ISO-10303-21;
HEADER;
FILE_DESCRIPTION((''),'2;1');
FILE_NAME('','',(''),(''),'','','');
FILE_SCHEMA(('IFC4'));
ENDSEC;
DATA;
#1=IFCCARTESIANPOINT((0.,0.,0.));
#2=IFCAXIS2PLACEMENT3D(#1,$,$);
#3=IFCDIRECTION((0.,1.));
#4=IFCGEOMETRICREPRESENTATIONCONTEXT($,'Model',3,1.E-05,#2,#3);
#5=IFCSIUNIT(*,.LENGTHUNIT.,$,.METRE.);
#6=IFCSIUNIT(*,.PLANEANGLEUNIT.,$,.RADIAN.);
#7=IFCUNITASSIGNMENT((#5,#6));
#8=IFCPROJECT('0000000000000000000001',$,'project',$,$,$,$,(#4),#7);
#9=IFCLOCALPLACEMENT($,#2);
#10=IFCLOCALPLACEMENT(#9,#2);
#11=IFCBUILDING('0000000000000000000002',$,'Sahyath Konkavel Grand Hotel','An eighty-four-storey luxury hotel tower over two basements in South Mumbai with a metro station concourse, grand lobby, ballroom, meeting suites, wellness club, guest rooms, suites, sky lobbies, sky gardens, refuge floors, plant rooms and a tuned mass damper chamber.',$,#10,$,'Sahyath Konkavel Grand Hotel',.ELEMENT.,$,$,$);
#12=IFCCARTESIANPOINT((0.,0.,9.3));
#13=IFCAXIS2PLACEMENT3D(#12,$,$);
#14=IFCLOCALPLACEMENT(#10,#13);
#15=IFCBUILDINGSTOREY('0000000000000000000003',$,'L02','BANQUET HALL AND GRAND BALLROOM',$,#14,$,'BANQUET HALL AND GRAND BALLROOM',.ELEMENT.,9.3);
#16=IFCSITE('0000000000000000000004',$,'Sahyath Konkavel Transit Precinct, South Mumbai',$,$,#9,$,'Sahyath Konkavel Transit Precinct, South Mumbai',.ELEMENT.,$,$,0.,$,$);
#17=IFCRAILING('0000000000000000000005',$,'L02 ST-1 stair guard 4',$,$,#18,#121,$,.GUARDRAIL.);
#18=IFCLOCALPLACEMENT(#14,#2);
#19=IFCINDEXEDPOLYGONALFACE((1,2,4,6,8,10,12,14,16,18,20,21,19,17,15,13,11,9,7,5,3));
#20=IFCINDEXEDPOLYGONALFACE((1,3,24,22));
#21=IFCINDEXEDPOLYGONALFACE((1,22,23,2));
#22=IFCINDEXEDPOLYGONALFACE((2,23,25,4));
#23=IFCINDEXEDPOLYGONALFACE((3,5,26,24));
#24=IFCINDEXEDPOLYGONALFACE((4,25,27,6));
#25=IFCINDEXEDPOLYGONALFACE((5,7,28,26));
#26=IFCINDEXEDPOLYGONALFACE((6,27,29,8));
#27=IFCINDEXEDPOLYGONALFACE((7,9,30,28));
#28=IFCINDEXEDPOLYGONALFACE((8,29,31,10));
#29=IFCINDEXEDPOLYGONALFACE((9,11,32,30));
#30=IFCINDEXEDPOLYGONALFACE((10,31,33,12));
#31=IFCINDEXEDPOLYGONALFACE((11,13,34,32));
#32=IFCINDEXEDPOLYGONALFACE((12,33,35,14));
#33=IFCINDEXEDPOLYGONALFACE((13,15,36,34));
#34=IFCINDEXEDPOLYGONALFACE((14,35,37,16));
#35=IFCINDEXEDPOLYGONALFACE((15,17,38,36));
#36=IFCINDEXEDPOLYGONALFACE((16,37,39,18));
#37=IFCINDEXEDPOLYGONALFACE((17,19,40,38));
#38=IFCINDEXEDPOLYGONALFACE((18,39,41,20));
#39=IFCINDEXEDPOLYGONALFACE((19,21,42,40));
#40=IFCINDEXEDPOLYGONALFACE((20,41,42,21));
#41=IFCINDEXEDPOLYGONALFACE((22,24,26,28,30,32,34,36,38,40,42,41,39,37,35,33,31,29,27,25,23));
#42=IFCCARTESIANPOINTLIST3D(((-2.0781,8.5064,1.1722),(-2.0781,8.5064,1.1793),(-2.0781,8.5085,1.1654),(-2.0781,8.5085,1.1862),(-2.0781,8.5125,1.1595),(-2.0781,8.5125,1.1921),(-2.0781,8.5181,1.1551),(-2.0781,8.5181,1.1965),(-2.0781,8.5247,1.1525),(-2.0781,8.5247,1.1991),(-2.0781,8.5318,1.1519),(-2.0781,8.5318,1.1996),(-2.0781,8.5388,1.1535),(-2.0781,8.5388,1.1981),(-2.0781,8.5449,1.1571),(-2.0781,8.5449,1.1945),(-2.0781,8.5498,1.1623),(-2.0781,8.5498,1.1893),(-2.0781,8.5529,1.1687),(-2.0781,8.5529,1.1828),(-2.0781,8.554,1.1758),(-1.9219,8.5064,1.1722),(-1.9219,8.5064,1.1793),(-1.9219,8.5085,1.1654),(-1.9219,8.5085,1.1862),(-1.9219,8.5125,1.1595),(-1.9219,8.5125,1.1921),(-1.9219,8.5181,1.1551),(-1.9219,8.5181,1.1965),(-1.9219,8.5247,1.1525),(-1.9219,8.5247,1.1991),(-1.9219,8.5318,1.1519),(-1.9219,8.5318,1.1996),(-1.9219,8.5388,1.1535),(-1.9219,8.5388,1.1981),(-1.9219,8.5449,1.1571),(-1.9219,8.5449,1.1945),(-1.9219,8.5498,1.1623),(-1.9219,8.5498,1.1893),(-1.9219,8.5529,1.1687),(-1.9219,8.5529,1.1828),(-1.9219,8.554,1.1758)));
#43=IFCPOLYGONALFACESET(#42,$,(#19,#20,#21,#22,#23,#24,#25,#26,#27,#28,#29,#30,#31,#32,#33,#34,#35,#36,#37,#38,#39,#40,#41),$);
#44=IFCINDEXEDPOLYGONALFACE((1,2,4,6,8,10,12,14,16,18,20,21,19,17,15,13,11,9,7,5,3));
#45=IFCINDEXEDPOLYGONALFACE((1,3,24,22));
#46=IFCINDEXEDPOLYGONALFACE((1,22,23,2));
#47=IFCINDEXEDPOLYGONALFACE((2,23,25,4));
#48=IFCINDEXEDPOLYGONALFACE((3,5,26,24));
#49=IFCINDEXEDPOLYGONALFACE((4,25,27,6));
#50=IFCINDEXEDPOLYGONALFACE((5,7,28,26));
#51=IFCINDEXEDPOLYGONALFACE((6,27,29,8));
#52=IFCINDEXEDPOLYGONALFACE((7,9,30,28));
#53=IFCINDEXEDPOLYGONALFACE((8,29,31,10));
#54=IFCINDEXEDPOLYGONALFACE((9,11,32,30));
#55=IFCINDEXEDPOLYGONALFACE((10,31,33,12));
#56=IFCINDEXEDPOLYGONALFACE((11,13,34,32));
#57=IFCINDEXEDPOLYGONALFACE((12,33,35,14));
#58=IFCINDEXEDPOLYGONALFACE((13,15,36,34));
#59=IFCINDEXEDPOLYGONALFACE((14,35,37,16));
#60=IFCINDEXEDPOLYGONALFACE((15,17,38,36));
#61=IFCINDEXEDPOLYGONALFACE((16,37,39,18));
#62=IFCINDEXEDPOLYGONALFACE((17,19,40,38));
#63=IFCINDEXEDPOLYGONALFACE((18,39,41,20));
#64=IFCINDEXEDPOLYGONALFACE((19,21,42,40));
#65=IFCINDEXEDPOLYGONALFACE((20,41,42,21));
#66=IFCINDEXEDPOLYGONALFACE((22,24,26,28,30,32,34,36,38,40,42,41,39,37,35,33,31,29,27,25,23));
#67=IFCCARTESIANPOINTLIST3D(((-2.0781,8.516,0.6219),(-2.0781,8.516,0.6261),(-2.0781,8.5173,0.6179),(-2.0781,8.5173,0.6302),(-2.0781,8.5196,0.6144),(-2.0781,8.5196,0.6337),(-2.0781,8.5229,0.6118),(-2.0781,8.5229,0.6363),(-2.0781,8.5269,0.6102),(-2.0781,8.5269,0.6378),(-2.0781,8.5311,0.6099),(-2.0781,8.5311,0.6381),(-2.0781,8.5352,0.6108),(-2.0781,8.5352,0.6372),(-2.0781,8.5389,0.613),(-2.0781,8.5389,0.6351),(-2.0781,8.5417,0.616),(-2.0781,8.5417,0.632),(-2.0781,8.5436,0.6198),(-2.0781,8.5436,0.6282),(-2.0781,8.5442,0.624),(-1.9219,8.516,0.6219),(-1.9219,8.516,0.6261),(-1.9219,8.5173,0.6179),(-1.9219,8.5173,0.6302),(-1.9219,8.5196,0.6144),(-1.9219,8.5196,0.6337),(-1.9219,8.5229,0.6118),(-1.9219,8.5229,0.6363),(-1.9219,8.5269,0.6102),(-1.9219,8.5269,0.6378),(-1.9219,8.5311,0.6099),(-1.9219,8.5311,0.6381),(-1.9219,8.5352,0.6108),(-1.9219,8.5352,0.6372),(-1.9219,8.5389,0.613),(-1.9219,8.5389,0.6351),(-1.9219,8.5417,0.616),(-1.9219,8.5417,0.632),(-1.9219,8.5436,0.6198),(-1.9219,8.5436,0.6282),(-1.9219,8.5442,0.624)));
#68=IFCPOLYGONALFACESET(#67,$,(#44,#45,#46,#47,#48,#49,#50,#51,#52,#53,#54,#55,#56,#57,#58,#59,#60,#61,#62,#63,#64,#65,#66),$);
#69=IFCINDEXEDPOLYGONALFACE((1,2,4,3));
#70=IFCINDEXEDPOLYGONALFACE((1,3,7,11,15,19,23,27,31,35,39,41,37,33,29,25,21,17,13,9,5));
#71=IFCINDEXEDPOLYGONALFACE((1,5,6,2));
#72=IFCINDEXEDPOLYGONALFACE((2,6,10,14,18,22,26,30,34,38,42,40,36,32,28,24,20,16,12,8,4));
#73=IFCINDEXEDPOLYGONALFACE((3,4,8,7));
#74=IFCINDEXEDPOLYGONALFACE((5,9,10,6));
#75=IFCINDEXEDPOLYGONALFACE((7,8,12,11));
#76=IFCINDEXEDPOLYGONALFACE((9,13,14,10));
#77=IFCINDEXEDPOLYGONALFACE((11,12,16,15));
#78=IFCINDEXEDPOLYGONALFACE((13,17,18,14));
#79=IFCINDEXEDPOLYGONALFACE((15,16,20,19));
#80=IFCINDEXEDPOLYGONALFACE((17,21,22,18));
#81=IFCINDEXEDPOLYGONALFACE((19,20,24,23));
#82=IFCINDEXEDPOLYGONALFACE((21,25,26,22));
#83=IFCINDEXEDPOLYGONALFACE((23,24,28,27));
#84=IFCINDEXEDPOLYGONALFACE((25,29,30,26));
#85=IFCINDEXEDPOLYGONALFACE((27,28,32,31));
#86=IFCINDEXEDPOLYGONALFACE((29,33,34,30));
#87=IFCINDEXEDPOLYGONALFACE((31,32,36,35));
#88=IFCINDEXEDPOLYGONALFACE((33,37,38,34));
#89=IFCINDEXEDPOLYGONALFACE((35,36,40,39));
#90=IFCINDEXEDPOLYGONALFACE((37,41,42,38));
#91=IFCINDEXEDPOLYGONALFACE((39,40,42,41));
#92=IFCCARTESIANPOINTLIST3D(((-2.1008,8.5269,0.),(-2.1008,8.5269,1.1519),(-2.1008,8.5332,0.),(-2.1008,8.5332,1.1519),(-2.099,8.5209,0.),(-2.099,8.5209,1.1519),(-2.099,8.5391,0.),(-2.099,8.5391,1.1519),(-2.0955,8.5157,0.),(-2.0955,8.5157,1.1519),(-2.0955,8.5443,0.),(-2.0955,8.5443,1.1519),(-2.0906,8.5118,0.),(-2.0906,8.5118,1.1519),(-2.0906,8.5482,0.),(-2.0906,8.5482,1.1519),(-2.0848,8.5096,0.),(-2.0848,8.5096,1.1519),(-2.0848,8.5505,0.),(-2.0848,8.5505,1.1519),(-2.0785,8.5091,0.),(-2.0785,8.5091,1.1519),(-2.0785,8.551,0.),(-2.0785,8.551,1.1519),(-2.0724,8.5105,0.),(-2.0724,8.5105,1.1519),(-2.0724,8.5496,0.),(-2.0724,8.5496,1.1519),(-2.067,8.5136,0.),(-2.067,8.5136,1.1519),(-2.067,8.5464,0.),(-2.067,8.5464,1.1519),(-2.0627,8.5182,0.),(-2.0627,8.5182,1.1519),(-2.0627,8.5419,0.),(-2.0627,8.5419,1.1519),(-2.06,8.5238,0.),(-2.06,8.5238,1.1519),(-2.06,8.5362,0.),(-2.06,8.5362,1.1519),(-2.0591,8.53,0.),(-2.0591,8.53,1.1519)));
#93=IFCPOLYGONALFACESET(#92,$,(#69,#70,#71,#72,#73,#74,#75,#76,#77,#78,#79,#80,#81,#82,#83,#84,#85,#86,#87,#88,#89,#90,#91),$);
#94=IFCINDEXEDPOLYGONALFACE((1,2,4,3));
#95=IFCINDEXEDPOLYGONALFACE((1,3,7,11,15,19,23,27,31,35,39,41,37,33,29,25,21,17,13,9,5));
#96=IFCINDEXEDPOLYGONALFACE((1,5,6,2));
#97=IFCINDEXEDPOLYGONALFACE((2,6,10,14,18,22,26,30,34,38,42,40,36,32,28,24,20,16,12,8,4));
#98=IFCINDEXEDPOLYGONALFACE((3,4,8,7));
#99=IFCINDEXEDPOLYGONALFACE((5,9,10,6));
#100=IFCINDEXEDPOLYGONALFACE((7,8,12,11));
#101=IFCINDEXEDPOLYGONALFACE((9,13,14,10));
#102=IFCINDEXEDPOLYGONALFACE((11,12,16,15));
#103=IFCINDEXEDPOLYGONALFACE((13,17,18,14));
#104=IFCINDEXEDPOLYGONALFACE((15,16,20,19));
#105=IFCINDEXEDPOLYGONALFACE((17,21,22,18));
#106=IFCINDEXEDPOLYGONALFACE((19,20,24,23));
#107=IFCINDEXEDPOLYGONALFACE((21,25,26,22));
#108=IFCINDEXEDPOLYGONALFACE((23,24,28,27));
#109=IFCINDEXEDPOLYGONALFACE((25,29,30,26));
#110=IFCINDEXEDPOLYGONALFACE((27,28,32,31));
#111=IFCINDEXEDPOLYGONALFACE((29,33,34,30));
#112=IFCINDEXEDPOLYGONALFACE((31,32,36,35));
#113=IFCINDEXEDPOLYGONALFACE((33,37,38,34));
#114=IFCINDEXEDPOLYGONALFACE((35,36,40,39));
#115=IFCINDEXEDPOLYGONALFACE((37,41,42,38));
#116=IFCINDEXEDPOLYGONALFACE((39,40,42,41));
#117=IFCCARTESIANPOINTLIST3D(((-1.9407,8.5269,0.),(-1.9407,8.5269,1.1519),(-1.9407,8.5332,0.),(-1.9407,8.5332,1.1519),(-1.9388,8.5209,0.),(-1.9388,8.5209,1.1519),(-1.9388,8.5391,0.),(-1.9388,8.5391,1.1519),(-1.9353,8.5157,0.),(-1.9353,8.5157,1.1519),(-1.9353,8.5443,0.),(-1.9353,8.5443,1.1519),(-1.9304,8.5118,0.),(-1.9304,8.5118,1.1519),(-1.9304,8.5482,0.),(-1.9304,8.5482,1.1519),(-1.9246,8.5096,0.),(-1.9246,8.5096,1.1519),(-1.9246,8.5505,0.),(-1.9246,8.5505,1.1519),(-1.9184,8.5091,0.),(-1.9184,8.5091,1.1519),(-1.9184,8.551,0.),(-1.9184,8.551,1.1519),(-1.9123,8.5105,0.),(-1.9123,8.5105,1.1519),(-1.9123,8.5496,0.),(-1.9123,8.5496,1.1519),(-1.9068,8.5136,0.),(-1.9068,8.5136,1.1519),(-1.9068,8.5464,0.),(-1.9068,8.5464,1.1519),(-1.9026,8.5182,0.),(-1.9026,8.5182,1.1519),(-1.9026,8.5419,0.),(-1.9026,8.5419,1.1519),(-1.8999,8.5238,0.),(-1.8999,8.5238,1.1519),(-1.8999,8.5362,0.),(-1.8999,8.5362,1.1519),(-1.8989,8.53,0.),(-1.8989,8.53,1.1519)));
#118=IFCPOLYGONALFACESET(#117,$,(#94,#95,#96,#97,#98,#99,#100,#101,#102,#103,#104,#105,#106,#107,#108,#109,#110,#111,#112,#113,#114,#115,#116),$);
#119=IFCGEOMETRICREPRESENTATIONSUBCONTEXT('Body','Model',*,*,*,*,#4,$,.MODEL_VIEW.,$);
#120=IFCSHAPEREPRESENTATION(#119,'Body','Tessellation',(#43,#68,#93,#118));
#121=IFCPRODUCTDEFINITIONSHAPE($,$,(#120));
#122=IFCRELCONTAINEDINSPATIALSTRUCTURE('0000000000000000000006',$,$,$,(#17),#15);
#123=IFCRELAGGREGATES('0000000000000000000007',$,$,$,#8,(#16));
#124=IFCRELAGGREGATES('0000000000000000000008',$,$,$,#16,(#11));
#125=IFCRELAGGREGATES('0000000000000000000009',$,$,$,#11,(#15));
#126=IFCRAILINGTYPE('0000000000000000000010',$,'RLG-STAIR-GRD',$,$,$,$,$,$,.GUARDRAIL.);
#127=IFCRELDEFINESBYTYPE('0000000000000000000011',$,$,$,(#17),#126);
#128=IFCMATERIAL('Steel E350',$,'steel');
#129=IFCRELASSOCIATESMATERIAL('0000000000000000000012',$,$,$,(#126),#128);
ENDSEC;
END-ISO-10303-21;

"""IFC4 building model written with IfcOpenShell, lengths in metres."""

from ifc_helpers import new_model, si_unit, direction, frame, origin, origin_2d, place, context, subcontext, project, spatial, circle, extrude, material, type_object, element, save


model = new_model("IFC4")

# Units and contexts
model_context = context("Model", 3, precision=1e-05, world=origin(), true_north=direction((0.0, 1.0)))
body_context = subcontext(model_context, "Body", "Model", "MODEL_VIEW")
ifc_project = project(units=[si_unit("LENGTHUNIT", "METRE"), si_unit("PLANEANGLEUNIT", "RADIAN")], contexts=[model_context])

# Site, building, storey
site_placement = place(None, origin())
site = spatial("IfcSite", under=ifc_project, at=site_placement, Name="Sahyath Konkavel Transit Precinct, South Mumbai", LongName="Sahyath Konkavel Transit Precinct, South Mumbai", CompositionType="ELEMENT", RefElevation=0.0)
building_placement = place(site_placement, origin())
building = spatial("IfcBuilding", under=site, at=building_placement, Name="Sahyath Konkavel Grand Hotel", Description="An eighty-four-storey luxury hotel tower over two basements in South Mumbai with a metro station concourse, grand lobby, ballroom, meeting suites, wellness club, guest rooms, suites, sky lobbies, sky gardens, refuge floors, plant rooms and a tuned mass damper chamber.", LongName="Sahyath Konkavel Grand Hotel", CompositionType="ELEMENT")
storey_placement = place(building_placement, frame((0.0, 0.0, 9.3)))
storey = spatial("IfcBuildingStorey", under=building, at=storey_placement, Name="L02", Description="BANQUET HALL AND GRAND BALLROOM", LongName="BANQUET HALL AND GRAND BALLROOM", CompositionType="ELEMENT", Elevation=9.3)

# Shared definitions
ifc_material_1 = material(Name="Steel E350", Category="steel")

# Railing
railing_type_1 = type_object("IfcRailingType", Name="RLG-STAIR-GRD", PredefinedType="GUARDRAIL", material=ifc_material_1)
railing_1_placement = place(storey_placement, frame((-2.0801, 8.53, 0.0)))
element("IfcRailing", 1, at=railing_1_placement, inside=storey, type_object=railing_type_1, Name="L02 ST-1 stair guard 4", PredefinedType="GUARDRAIL", context=body_context, shape_type="SweptSolid", body=[
    extrude(circle(Radius=0.0239, at=origin_2d()), frame((0.002, 0.0, 1.1758), z_axis=(1.0, 0.0, 0.0), x_axis=(0.0, 1.0, 0.0)), (0.0, 0.0, 1.0), 0.1562),
    extrude(circle(Radius=0.0142, at=origin_2d()), frame((0.002, 0.0, 0.624), z_axis=(1.0, 0.0, 0.0), x_axis=(0.0, 1.0, 0.0)), (0.0, 0.0, 1.0), 0.1562),
    extrude(circle(Radius=0.021, at=origin_2d()), origin(), (0.0, 0.0, 1.0), 1.1519),
    extrude(circle(Radius=0.021, at=origin_2d()), frame((0.1602, 0.0, 0.0)), (0.0, 0.0, 1.0), 1.1519),
])

save(model, "model.ifc")
